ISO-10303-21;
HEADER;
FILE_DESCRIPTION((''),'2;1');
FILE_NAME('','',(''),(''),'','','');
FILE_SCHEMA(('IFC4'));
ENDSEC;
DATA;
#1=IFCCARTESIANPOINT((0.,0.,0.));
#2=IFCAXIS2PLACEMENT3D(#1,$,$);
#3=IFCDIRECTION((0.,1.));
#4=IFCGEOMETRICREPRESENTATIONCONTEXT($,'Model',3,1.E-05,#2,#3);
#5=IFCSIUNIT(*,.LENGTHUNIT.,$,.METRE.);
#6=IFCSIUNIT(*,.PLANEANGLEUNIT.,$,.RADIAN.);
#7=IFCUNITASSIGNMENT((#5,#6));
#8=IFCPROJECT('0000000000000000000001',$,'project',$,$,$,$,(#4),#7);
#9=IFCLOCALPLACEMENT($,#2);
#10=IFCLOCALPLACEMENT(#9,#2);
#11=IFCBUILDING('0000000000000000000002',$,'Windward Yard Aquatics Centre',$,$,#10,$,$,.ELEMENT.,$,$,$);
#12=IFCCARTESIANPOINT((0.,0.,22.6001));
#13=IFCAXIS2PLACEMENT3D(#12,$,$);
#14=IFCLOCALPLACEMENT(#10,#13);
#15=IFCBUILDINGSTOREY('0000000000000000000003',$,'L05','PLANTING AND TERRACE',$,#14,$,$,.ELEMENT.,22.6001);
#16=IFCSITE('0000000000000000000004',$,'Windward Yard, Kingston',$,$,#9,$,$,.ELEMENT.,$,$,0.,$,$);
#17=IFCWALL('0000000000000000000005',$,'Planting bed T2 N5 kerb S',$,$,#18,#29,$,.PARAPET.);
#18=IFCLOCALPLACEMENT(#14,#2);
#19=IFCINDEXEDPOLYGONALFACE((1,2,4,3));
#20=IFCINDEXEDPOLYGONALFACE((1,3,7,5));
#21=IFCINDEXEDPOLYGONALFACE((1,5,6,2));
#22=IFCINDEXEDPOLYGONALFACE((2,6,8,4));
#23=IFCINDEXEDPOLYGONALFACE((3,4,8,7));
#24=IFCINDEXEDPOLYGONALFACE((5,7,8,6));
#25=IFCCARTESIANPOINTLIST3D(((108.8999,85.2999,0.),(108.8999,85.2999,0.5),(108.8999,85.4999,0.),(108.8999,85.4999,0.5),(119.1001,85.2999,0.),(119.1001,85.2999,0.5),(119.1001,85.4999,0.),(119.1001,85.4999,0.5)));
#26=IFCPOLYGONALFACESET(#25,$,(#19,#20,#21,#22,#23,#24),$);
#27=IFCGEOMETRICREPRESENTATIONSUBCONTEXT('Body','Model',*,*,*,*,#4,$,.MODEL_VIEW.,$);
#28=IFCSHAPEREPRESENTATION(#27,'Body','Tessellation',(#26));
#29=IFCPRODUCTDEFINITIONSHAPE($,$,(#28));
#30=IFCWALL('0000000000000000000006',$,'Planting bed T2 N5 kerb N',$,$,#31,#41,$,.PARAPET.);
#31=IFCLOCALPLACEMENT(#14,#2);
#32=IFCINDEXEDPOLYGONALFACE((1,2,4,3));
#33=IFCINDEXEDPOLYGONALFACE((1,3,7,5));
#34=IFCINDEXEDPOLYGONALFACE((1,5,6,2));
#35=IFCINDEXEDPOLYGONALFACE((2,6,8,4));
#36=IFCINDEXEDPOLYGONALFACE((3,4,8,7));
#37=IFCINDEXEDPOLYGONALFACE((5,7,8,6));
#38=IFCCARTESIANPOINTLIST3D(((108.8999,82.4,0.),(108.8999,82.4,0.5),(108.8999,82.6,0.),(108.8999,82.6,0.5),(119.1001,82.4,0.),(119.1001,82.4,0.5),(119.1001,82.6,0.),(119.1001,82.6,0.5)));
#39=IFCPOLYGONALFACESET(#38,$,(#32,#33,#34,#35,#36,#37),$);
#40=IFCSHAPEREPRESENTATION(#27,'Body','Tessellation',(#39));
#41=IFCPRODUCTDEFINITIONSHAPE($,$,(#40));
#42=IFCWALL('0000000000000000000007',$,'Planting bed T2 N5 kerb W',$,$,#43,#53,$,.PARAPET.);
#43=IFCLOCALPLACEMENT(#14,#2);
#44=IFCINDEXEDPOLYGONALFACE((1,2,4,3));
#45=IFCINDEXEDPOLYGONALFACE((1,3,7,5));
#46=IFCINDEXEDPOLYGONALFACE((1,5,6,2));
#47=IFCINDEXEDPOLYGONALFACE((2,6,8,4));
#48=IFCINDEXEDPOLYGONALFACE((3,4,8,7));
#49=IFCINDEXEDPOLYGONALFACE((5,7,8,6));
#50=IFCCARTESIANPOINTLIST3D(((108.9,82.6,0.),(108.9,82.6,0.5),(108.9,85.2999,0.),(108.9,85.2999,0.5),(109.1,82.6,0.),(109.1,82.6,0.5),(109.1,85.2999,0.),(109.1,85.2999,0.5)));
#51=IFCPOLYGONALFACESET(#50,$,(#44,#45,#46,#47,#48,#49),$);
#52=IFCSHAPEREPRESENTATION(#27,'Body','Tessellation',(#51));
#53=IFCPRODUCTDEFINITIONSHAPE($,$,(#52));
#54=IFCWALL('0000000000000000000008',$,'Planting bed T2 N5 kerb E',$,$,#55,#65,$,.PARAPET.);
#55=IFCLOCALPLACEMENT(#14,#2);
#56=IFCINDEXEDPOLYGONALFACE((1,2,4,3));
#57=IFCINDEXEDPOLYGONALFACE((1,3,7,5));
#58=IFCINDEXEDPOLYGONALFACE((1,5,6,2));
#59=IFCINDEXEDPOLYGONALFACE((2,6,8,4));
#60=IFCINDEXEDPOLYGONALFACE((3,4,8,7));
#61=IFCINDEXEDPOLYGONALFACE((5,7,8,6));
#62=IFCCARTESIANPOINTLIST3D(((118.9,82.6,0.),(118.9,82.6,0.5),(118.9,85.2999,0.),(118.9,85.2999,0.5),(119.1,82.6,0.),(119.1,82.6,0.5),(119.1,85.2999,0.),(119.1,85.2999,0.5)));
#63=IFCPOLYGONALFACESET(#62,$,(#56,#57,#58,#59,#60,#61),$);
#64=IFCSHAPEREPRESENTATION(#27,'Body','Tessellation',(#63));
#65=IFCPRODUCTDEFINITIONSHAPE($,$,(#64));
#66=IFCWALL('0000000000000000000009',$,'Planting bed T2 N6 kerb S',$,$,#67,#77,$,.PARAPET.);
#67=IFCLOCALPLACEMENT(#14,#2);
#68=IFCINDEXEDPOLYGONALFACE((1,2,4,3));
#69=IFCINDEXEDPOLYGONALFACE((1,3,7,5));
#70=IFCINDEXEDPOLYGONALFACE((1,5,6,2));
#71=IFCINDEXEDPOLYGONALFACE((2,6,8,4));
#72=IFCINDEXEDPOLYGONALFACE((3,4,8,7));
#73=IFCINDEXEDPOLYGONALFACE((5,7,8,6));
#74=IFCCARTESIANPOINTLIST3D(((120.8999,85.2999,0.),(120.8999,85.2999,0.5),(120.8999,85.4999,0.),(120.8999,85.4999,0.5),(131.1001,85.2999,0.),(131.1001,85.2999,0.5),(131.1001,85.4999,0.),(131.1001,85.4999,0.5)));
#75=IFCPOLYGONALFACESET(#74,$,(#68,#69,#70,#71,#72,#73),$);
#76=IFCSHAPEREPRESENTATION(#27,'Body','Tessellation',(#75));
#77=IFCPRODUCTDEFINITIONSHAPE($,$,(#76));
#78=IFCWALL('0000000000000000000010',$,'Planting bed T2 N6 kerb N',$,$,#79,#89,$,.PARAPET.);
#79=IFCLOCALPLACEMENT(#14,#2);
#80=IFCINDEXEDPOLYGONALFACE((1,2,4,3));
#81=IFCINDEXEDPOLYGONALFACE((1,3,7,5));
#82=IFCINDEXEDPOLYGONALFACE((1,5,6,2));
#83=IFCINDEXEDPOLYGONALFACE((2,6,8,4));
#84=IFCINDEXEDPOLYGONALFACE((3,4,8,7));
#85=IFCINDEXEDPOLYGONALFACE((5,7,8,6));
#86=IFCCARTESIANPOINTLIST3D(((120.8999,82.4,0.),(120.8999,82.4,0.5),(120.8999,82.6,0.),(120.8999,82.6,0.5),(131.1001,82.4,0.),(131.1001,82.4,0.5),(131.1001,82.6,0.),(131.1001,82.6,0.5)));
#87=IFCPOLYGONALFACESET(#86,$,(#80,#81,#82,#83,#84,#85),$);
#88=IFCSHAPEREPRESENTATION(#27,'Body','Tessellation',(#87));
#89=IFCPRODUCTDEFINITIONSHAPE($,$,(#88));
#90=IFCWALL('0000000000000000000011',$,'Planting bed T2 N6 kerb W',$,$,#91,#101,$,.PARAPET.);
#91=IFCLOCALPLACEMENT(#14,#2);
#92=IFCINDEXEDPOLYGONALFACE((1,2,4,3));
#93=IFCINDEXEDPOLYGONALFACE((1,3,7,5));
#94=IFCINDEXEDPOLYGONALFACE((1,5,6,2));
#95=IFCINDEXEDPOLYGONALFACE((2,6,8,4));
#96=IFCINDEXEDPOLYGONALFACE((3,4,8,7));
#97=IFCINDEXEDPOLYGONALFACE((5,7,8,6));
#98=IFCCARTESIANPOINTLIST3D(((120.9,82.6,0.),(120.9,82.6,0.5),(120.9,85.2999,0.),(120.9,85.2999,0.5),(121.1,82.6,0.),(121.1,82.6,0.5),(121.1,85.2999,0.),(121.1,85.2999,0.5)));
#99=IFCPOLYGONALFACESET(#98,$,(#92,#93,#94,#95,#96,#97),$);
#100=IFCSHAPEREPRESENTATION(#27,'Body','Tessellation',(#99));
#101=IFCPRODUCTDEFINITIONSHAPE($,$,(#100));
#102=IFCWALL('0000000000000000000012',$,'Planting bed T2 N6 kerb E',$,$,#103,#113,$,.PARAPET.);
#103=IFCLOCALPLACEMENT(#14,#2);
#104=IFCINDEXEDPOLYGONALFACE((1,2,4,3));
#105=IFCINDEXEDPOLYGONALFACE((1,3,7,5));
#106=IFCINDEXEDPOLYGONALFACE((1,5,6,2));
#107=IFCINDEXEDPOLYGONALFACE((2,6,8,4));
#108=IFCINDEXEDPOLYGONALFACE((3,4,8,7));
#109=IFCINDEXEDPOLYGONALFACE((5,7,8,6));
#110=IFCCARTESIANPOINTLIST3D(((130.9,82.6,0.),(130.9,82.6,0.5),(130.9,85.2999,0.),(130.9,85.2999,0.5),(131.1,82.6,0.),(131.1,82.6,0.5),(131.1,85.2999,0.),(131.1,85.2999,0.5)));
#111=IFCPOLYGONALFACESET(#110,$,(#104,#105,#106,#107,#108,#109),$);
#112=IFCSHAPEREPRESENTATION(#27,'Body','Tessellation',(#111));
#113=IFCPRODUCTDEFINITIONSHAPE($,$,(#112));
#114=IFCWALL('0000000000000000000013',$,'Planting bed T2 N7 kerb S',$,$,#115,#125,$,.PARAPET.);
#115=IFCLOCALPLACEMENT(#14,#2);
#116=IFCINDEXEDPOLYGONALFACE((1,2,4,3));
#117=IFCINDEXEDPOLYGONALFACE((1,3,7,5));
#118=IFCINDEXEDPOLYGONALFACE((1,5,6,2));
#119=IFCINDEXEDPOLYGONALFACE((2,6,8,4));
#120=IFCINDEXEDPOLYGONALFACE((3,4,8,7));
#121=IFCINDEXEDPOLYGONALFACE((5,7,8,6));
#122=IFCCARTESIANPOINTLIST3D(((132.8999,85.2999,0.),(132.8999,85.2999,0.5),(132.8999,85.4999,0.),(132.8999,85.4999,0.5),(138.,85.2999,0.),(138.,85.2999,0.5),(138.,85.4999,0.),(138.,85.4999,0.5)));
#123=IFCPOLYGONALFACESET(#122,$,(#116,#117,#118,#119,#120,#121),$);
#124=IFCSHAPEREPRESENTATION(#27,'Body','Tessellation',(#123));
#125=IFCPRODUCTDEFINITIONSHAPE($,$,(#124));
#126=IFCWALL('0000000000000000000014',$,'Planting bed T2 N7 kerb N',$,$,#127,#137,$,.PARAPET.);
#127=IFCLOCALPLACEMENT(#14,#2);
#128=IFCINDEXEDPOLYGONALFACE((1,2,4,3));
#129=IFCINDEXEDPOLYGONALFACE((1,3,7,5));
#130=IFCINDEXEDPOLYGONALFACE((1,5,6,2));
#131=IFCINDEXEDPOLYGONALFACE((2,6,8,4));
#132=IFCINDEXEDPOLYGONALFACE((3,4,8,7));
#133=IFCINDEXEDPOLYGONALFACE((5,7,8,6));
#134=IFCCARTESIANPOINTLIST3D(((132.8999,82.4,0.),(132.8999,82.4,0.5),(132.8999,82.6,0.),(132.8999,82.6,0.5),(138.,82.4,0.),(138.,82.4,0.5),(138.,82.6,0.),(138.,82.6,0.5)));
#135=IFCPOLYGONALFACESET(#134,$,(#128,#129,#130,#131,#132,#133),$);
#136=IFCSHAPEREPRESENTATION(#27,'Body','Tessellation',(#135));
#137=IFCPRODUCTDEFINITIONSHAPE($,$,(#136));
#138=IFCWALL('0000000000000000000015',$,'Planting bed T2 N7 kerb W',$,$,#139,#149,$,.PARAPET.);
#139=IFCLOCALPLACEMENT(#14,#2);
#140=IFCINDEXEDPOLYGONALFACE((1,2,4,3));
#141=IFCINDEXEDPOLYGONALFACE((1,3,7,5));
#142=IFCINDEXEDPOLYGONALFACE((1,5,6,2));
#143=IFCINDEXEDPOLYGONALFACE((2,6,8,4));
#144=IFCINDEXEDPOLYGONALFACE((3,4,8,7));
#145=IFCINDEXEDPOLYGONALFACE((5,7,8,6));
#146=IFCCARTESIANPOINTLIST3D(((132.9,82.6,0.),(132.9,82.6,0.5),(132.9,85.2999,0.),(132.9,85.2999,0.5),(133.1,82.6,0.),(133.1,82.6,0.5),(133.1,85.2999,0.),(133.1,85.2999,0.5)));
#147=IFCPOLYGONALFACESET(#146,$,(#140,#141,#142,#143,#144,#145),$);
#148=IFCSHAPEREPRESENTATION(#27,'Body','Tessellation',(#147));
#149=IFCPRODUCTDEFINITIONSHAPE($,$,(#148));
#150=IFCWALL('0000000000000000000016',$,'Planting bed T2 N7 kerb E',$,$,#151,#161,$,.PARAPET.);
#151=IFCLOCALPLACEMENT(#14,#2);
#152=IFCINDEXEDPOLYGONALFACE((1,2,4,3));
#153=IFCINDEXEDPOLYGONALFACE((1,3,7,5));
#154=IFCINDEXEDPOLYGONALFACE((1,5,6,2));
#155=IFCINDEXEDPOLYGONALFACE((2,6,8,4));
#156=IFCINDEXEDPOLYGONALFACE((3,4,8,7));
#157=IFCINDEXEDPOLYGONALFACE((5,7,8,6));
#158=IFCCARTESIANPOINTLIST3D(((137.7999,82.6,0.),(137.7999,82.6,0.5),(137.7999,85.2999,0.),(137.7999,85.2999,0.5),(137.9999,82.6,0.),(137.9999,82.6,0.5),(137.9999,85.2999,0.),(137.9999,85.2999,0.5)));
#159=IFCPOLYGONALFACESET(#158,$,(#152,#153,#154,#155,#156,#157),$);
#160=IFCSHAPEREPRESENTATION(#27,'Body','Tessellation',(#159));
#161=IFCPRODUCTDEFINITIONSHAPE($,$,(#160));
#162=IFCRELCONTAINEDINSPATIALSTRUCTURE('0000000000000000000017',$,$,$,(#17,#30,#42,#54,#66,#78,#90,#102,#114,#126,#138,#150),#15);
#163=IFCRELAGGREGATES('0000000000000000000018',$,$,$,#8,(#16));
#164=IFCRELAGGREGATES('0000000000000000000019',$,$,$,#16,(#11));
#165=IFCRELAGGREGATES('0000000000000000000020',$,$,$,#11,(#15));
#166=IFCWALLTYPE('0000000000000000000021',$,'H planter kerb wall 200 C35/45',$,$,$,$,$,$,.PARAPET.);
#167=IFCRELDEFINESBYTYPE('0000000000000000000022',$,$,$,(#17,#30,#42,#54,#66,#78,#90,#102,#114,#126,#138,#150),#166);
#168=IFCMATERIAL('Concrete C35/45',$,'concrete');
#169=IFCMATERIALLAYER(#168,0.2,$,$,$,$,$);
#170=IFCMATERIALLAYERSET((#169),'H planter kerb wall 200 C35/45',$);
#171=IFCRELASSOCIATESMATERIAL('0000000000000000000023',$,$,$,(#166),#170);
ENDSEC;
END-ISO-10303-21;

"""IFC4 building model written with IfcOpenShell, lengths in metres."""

from ifc_helpers import new_model, si_unit, direction, frame, frame_2d, origin, place, context, subcontext, project, spatial, rectangle, extrude, material, layer, layer_set, type_object, element, save


model = new_model("IFC4")

# Units and contexts
model_context = context("Model", 3, precision=1e-05, world=origin(), true_north=direction((0.0, 1.0)))
body_context = subcontext(model_context, "Body", "Model", "MODEL_VIEW")
ifc_project = project(units=[si_unit("LENGTHUNIT", "METRE"), si_unit("PLANEANGLEUNIT", "RADIAN")], contexts=[model_context])

# Site, building, storey
site_placement = place(None, origin())
site = spatial("IfcSite", under=ifc_project, at=site_placement, Name="Windward Yard, Kingston", CompositionType="ELEMENT", RefElevation=0.0)
building_placement = place(site_placement, origin())
building = spatial("IfcBuilding", under=site, at=building_placement, Name="Windward Yard Aquatics Centre", CompositionType="ELEMENT")
storey_placement = place(building_placement, frame((0.0, 0.0, 22.6001)))
storey = spatial("IfcBuildingStorey", under=building, at=storey_placement, Name="L05", Description="PLANTING AND TERRACE", CompositionType="ELEMENT", Elevation=22.6001)

# Walls
ifc_material_1 = material(Name="Concrete C35/45", Category="concrete")
ifc_layer = layer(ifc_material_1, 0.2)
ifc_layer_set = layer_set([ifc_layer], Name="H planter kerb wall 200 C35/45")
wall_type = type_object("IfcWallType", Name="H planter kerb wall 200 C35/45", PredefinedType="PARAPET", material=ifc_layer_set)
for number, where, z_axis, x_axis, name in (
    (1, (108.8999, 85.3999, 0.0), (0.0, 0.0, 1.0), (1.0, 0.0, 0.0), "Planting bed T2 N5 kerb S"),
    (2, (108.8999, 82.5, 0.0), (0.0, 0.0, 1.0), (1.0, 0.0, 0.0), "Planting bed T2 N5 kerb N"),
):
    element("IfcWall", number, at=place(storey_placement, frame(where, z_axis=z_axis, x_axis=x_axis)), inside=storey, type_object=wall_type, Name=name, PredefinedType="PARAPET", context=body_context, shape_type="SweptSolid", body=[
        extrude(rectangle(XDim=10.2002, YDim=0.2, at=frame_2d((5.1001, 0.0))), origin(), (0.0, 0.0, 1.0), 0.5),
    ])
for number, where, z_axis, x_axis, name in (
    (3, (109.0, 85.3, 0.0), (0.0, 0.0, 1.0), (0.0, -1.0, 0.0), "Planting bed T2 N5 kerb W"),
    (4, (119.0, 85.3, 0.0), (0.0, 0.0, 1.0), (0.0, -1.0, 0.0), "Planting bed T2 N5 kerb E"),
):
    element("IfcWall", number, at=place(storey_placement, frame(where, z_axis=z_axis, x_axis=x_axis)), inside=storey, type_object=wall_type, Name=name, PredefinedType="PARAPET", context=body_context, shape_type="SweptSolid", body=[
        extrude(rectangle(XDim=2.7, YDim=0.2, at=frame_2d((1.3501, 0.0))), origin(), (0.0, 0.0, 1.0), 0.5),
    ])
for number, where, z_axis, x_axis, name in (
    (5, (120.8999, 85.3999, 0.0), (0.0, 0.0, 1.0), (1.0, 0.0, 0.0), "Planting bed T2 N6 kerb S"),
    (6, (120.8999, 82.5, 0.0), (0.0, 0.0, 1.0), (1.0, 0.0, 0.0), "Planting bed T2 N6 kerb N"),
):
    element("IfcWall", number, at=place(storey_placement, frame(where, z_axis=z_axis, x_axis=x_axis)), inside=storey, type_object=wall_type, Name=name, PredefinedType="PARAPET", context=body_context, shape_type="SweptSolid", body=[
        extrude(rectangle(XDim=10.2002, YDim=0.2, at=frame_2d((5.1001, 0.0))), origin(), (0.0, 0.0, 1.0), 0.5),
    ])
for number, where, z_axis, x_axis, name in (
    (7, (121.0, 85.3, 0.0), (0.0, 0.0, 1.0), (0.0, -1.0, 0.0), "Planting bed T2 N6 kerb W"),
    (8, (131.0, 85.3, 0.0), (0.0, 0.0, 1.0), (0.0, -1.0, 0.0), "Planting bed T2 N6 kerb E"),
):
    element("IfcWall", number, at=place(storey_placement, frame(where, z_axis=z_axis, x_axis=x_axis)), inside=storey, type_object=wall_type, Name=name, PredefinedType="PARAPET", context=body_context, shape_type="SweptSolid", body=[
        extrude(rectangle(XDim=2.7, YDim=0.2, at=frame_2d((1.3501, 0.0))), origin(), (0.0, 0.0, 1.0), 0.5),
    ])
for number, where, z_axis, x_axis, name in (
    (9, (132.8999, 85.3999, 0.0), (0.0, 0.0, 1.0), (1.0, 0.0, 0.0), "Planting bed T2 N7 kerb S"),
    (10, (132.8999, 82.5, 0.0), (0.0, 0.0, 1.0), (1.0, 0.0, 0.0), "Planting bed T2 N7 kerb N"),
):
    element("IfcWall", number, at=place(storey_placement, frame(where, z_axis=z_axis, x_axis=x_axis)), inside=storey, type_object=wall_type, Name=name, PredefinedType="PARAPET", context=body_context, shape_type="SweptSolid", body=[
        extrude(rectangle(XDim=5.1001, YDim=0.2, at=frame_2d((2.55, 0.0))), origin(), (0.0, 0.0, 1.0), 0.5),
    ])
for number, where, z_axis, x_axis, name in (
    (11, (133.0, 85.3, 0.0), (0.0, 0.0, 1.0), (0.0, -1.0, 0.0), "Planting bed T2 N7 kerb W"),
    (12, (137.8999, 85.3, 0.0), (0.0, 0.0, 1.0), (0.0, -1.0, 0.0), "Planting bed T2 N7 kerb E"),
):
    element("IfcWall", number, at=place(storey_placement, frame(where, z_axis=z_axis, x_axis=x_axis)), inside=storey, type_object=wall_type, Name=name, PredefinedType="PARAPET", context=body_context, shape_type="SweptSolid", body=[
        extrude(rectangle(XDim=2.7, YDim=0.2, at=frame_2d((1.3501, 0.0))), origin(), (0.0, 0.0, 1.0), 0.5),
    ])

save(model, "model.ifc")
